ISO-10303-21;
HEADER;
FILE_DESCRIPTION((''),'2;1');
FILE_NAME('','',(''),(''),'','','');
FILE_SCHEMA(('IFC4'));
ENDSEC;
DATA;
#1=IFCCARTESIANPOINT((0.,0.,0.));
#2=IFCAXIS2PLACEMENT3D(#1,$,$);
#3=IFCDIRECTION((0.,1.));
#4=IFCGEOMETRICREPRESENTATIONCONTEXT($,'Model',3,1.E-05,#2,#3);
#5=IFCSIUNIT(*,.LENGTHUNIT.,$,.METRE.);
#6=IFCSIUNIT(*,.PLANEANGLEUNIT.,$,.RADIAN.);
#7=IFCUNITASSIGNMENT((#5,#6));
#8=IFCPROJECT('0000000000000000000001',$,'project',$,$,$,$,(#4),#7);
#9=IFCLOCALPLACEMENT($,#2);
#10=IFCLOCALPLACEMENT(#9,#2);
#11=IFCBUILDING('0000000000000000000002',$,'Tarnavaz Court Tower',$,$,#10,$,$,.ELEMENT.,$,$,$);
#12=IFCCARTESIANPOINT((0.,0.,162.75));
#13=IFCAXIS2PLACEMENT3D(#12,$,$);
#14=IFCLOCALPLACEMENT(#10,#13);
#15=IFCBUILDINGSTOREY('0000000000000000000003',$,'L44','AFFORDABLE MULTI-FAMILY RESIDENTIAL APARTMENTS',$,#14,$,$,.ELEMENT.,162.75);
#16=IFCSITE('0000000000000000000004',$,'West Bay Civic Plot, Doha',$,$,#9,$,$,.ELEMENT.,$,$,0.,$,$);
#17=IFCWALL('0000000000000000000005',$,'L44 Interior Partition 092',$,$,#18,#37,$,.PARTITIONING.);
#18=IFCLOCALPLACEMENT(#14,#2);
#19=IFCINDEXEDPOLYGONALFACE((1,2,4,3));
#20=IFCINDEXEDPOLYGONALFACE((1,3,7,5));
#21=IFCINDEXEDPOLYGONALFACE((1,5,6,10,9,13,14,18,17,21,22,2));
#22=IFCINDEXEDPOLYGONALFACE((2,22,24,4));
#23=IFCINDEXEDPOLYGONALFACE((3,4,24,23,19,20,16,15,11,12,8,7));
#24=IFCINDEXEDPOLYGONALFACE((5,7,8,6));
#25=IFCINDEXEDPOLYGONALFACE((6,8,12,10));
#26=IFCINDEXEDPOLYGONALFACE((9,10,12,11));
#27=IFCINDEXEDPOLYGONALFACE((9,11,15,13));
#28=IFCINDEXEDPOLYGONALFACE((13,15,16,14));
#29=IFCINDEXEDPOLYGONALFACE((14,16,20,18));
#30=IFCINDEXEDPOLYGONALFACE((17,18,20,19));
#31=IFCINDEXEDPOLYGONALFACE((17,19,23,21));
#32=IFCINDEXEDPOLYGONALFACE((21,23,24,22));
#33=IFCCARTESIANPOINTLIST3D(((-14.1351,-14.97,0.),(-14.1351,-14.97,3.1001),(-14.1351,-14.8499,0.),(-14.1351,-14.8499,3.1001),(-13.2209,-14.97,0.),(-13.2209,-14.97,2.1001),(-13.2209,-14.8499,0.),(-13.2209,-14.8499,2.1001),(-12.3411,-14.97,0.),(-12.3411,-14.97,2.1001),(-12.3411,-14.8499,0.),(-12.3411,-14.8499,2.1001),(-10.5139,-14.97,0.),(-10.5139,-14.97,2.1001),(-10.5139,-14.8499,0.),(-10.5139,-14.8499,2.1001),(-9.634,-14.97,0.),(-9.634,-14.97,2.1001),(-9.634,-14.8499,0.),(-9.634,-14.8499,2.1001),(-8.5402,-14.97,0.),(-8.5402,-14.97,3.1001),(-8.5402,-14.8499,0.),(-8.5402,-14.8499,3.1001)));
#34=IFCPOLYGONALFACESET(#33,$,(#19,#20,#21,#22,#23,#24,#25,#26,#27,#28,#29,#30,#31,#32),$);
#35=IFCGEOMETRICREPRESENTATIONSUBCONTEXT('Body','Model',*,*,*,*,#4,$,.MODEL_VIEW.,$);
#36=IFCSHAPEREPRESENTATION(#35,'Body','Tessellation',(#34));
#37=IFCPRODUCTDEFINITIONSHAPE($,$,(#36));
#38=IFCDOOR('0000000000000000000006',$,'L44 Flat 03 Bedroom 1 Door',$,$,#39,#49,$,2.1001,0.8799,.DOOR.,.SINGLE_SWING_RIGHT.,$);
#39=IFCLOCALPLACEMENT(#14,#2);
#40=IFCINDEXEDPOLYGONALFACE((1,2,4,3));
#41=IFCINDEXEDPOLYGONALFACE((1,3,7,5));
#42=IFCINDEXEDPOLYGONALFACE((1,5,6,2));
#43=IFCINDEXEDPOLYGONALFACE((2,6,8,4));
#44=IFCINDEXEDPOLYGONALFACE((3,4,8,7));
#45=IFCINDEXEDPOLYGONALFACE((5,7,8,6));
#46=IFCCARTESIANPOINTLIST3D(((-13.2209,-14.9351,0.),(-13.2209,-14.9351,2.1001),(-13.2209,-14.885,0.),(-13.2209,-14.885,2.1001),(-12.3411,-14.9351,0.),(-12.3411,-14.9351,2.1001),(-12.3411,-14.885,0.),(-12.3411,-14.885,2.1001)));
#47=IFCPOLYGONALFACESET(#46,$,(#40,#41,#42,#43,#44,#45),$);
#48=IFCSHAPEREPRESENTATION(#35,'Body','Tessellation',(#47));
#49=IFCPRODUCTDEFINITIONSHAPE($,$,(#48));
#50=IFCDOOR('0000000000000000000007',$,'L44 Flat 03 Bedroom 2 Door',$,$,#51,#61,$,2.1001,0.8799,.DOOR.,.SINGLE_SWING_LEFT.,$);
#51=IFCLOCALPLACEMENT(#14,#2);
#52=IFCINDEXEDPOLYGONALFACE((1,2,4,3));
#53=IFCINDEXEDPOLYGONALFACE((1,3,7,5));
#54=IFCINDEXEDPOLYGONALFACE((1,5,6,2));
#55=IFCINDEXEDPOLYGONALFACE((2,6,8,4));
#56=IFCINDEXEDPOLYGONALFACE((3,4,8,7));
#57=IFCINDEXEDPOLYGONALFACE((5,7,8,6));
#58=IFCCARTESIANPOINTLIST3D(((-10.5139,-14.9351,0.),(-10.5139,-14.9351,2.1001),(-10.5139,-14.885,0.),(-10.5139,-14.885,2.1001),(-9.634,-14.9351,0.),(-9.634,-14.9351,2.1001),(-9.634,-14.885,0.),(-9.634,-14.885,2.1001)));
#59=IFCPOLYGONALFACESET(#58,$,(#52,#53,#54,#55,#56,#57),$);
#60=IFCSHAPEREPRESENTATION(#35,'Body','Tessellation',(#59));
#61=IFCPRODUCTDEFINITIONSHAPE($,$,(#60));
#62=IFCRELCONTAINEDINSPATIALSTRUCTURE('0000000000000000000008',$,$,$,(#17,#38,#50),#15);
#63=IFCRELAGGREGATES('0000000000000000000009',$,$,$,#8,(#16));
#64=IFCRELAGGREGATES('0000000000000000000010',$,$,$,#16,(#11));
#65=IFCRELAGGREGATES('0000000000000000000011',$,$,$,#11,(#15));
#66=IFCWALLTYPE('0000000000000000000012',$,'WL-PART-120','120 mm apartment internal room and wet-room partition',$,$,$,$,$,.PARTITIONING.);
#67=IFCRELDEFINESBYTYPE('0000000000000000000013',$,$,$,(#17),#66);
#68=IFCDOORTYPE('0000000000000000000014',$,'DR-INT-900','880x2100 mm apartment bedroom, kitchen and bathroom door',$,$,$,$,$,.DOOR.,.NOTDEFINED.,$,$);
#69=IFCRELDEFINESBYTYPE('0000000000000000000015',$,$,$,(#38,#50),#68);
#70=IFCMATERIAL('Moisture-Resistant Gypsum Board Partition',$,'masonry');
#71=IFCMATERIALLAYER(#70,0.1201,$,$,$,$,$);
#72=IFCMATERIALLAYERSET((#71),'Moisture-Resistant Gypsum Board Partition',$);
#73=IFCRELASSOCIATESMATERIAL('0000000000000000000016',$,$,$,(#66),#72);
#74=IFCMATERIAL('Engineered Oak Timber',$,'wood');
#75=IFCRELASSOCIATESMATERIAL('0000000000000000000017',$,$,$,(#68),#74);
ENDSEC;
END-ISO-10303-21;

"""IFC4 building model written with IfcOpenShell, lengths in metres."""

from ifc_helpers import new_model, si_unit, direction, frame, frame_2d, origin, place, context, subcontext, project, spatial, rectangle, extrude, material, layer, layer_set, type_object, element, fill, save


model = new_model("IFC4")

# Units and contexts
model_context = context("Model", 3, precision=1e-05, world=origin(), true_north=direction((0.0, 1.0)))
body_context = subcontext(model_context, "Body", "Model", "MODEL_VIEW")
ifc_project = project(units=[si_unit("LENGTHUNIT", "METRE"), si_unit("PLANEANGLEUNIT", "RADIAN")], contexts=[model_context])

# Site, building, storey
site_placement = place(None, origin())
site = spatial("IfcSite", under=ifc_project, at=site_placement, Name="West Bay Civic Plot, Doha", CompositionType="ELEMENT", RefElevation=0.0)
building_placement = place(site_placement, origin())
building = spatial("IfcBuilding", under=site, at=building_placement, Name="Tarnavaz Court Tower", CompositionType="ELEMENT")
storey_placement = place(building_placement, frame((0.0, 0.0, 162.75)))
storey = spatial("IfcBuildingStorey", under=building, at=storey_placement, Name="L44", Description="AFFORDABLE MULTI-FAMILY RESIDENTIAL APARTMENTS", CompositionType="ELEMENT", Elevation=162.75)

# Shared definitions
ifc_material_1 = material(Name="Moisture-Resistant Gypsum Board Partition", Category="masonry")
ifc_layer = layer(ifc_material_1, 0.1201)
ifc_layer_set = layer_set([ifc_layer], Name="Moisture-Resistant Gypsum Board Partition")
wall_type = type_object("IfcWallType", Name="WL-PART-120", Description="120 mm apartment internal room and wet-room partition", PredefinedType="PARTITIONING", material=ifc_layer_set)
ifc_material_2 = material(Name="Engineered Oak Timber", Category="wood")
door_type_1 = type_object("IfcDoorType", Name="DR-INT-900", Description="880x2100 mm apartment bedroom, kitchen and bathroom door", OperationType="NOTDEFINED", PredefinedType="DOOR", material=ifc_material_2)

# Wall, openings, doors
wall_1_placement = place(storey_placement, frame((-14.135, -14.9099, 0.0), z_axis=(0.0, 0.0, 1.0), x_axis=(1.0, 0.0, 0.0)))
wall_1 = element("IfcWall", 1, at=wall_1_placement, inside=storey, type_object=wall_type, Name="L44 Interior Partition 092", PredefinedType="PARTITIONING", context=body_context, shape_type="SweptSolid", body=[
    extrude(rectangle(XDim=5.595, YDim=0.1201, at=frame_2d((2.7974, 0.0))), origin(), (0.0, 0.0, 1.0), 3.1001),
])
opening_1_placement = place(wall_1_placement, frame((0.9141, 0.0, 0.0)))
opening_1 = element("IfcOpeningElement", 2, at=opening_1_placement, cuts=wall_1, PredefinedType="OPENING", context=body_context, shape_type="SweptSolid", body=[
    extrude(rectangle(XDim=0.8799, YDim=2.1001, at=frame_2d((0.4399, 1.05))), frame((0.0, 0.0701, 0.0), z_axis=(0.0, -1.0, 0.0), x_axis=(1.0, 0.0, 0.0)), (0.0, 0.0, 1.0), 0.1401),
])
opening_2_placement = place(wall_1_placement, frame((3.6211, 0.0, 0.0)))
opening_2 = element("IfcOpeningElement", 3, at=opening_2_placement, cuts=wall_1, PredefinedType="OPENING", context=body_context, shape_type="SweptSolid", body=[
    extrude(rectangle(XDim=0.8799, YDim=2.1001, at=frame_2d((0.4399, 1.05))), frame((0.0, 0.0701, 0.0), z_axis=(0.0, -1.0, 0.0), x_axis=(1.0, 0.0, 0.0)), (0.0, 0.0, 1.0), 0.1401),
])
door_1_placement = place(opening_1_placement, origin())
door_1 = element("IfcDoor", 4, at=door_1_placement, inside=storey, type_object=door_type_1, Name="L44 Flat 03 Bedroom 1 Door", OperationType="SINGLE_SWING_RIGHT", OverallHeight=2.1001, OverallWidth=0.8799, PredefinedType="DOOR", context=body_context, shape_type="SweptSolid", body=[
    extrude(rectangle(XDim=0.8799, YDim=2.1001, at=frame_2d((0.4399, 1.05))), frame((0.0, 0.0249, 0.0), z_axis=(0.0, -1.0, 0.0), x_axis=(1.0, 0.0, 0.0)), (0.0, 0.0, 1.0), 0.05),
])
fill(opening_1, door_1)
door_2_placement = place(opening_2_placement, origin())
door_2 = element("IfcDoor", 5, at=door_2_placement, inside=storey, type_object=door_type_1, Name="L44 Flat 03 Bedroom 2 Door", OperationType="SINGLE_SWING_LEFT", OverallHeight=2.1001, OverallWidth=0.8799, PredefinedType="DOOR", context=body_context, shape_type="SweptSolid", body=[
    extrude(rectangle(XDim=0.8799, YDim=2.1001, at=frame_2d((0.4399, 1.05))), frame((0.0, 0.0249, 0.0), z_axis=(0.0, -1.0, 0.0), x_axis=(1.0, 0.0, 0.0)), (0.0, 0.0, 1.0), 0.05),
])
fill(opening_2, door_2)

save(model, "model.ifc")
